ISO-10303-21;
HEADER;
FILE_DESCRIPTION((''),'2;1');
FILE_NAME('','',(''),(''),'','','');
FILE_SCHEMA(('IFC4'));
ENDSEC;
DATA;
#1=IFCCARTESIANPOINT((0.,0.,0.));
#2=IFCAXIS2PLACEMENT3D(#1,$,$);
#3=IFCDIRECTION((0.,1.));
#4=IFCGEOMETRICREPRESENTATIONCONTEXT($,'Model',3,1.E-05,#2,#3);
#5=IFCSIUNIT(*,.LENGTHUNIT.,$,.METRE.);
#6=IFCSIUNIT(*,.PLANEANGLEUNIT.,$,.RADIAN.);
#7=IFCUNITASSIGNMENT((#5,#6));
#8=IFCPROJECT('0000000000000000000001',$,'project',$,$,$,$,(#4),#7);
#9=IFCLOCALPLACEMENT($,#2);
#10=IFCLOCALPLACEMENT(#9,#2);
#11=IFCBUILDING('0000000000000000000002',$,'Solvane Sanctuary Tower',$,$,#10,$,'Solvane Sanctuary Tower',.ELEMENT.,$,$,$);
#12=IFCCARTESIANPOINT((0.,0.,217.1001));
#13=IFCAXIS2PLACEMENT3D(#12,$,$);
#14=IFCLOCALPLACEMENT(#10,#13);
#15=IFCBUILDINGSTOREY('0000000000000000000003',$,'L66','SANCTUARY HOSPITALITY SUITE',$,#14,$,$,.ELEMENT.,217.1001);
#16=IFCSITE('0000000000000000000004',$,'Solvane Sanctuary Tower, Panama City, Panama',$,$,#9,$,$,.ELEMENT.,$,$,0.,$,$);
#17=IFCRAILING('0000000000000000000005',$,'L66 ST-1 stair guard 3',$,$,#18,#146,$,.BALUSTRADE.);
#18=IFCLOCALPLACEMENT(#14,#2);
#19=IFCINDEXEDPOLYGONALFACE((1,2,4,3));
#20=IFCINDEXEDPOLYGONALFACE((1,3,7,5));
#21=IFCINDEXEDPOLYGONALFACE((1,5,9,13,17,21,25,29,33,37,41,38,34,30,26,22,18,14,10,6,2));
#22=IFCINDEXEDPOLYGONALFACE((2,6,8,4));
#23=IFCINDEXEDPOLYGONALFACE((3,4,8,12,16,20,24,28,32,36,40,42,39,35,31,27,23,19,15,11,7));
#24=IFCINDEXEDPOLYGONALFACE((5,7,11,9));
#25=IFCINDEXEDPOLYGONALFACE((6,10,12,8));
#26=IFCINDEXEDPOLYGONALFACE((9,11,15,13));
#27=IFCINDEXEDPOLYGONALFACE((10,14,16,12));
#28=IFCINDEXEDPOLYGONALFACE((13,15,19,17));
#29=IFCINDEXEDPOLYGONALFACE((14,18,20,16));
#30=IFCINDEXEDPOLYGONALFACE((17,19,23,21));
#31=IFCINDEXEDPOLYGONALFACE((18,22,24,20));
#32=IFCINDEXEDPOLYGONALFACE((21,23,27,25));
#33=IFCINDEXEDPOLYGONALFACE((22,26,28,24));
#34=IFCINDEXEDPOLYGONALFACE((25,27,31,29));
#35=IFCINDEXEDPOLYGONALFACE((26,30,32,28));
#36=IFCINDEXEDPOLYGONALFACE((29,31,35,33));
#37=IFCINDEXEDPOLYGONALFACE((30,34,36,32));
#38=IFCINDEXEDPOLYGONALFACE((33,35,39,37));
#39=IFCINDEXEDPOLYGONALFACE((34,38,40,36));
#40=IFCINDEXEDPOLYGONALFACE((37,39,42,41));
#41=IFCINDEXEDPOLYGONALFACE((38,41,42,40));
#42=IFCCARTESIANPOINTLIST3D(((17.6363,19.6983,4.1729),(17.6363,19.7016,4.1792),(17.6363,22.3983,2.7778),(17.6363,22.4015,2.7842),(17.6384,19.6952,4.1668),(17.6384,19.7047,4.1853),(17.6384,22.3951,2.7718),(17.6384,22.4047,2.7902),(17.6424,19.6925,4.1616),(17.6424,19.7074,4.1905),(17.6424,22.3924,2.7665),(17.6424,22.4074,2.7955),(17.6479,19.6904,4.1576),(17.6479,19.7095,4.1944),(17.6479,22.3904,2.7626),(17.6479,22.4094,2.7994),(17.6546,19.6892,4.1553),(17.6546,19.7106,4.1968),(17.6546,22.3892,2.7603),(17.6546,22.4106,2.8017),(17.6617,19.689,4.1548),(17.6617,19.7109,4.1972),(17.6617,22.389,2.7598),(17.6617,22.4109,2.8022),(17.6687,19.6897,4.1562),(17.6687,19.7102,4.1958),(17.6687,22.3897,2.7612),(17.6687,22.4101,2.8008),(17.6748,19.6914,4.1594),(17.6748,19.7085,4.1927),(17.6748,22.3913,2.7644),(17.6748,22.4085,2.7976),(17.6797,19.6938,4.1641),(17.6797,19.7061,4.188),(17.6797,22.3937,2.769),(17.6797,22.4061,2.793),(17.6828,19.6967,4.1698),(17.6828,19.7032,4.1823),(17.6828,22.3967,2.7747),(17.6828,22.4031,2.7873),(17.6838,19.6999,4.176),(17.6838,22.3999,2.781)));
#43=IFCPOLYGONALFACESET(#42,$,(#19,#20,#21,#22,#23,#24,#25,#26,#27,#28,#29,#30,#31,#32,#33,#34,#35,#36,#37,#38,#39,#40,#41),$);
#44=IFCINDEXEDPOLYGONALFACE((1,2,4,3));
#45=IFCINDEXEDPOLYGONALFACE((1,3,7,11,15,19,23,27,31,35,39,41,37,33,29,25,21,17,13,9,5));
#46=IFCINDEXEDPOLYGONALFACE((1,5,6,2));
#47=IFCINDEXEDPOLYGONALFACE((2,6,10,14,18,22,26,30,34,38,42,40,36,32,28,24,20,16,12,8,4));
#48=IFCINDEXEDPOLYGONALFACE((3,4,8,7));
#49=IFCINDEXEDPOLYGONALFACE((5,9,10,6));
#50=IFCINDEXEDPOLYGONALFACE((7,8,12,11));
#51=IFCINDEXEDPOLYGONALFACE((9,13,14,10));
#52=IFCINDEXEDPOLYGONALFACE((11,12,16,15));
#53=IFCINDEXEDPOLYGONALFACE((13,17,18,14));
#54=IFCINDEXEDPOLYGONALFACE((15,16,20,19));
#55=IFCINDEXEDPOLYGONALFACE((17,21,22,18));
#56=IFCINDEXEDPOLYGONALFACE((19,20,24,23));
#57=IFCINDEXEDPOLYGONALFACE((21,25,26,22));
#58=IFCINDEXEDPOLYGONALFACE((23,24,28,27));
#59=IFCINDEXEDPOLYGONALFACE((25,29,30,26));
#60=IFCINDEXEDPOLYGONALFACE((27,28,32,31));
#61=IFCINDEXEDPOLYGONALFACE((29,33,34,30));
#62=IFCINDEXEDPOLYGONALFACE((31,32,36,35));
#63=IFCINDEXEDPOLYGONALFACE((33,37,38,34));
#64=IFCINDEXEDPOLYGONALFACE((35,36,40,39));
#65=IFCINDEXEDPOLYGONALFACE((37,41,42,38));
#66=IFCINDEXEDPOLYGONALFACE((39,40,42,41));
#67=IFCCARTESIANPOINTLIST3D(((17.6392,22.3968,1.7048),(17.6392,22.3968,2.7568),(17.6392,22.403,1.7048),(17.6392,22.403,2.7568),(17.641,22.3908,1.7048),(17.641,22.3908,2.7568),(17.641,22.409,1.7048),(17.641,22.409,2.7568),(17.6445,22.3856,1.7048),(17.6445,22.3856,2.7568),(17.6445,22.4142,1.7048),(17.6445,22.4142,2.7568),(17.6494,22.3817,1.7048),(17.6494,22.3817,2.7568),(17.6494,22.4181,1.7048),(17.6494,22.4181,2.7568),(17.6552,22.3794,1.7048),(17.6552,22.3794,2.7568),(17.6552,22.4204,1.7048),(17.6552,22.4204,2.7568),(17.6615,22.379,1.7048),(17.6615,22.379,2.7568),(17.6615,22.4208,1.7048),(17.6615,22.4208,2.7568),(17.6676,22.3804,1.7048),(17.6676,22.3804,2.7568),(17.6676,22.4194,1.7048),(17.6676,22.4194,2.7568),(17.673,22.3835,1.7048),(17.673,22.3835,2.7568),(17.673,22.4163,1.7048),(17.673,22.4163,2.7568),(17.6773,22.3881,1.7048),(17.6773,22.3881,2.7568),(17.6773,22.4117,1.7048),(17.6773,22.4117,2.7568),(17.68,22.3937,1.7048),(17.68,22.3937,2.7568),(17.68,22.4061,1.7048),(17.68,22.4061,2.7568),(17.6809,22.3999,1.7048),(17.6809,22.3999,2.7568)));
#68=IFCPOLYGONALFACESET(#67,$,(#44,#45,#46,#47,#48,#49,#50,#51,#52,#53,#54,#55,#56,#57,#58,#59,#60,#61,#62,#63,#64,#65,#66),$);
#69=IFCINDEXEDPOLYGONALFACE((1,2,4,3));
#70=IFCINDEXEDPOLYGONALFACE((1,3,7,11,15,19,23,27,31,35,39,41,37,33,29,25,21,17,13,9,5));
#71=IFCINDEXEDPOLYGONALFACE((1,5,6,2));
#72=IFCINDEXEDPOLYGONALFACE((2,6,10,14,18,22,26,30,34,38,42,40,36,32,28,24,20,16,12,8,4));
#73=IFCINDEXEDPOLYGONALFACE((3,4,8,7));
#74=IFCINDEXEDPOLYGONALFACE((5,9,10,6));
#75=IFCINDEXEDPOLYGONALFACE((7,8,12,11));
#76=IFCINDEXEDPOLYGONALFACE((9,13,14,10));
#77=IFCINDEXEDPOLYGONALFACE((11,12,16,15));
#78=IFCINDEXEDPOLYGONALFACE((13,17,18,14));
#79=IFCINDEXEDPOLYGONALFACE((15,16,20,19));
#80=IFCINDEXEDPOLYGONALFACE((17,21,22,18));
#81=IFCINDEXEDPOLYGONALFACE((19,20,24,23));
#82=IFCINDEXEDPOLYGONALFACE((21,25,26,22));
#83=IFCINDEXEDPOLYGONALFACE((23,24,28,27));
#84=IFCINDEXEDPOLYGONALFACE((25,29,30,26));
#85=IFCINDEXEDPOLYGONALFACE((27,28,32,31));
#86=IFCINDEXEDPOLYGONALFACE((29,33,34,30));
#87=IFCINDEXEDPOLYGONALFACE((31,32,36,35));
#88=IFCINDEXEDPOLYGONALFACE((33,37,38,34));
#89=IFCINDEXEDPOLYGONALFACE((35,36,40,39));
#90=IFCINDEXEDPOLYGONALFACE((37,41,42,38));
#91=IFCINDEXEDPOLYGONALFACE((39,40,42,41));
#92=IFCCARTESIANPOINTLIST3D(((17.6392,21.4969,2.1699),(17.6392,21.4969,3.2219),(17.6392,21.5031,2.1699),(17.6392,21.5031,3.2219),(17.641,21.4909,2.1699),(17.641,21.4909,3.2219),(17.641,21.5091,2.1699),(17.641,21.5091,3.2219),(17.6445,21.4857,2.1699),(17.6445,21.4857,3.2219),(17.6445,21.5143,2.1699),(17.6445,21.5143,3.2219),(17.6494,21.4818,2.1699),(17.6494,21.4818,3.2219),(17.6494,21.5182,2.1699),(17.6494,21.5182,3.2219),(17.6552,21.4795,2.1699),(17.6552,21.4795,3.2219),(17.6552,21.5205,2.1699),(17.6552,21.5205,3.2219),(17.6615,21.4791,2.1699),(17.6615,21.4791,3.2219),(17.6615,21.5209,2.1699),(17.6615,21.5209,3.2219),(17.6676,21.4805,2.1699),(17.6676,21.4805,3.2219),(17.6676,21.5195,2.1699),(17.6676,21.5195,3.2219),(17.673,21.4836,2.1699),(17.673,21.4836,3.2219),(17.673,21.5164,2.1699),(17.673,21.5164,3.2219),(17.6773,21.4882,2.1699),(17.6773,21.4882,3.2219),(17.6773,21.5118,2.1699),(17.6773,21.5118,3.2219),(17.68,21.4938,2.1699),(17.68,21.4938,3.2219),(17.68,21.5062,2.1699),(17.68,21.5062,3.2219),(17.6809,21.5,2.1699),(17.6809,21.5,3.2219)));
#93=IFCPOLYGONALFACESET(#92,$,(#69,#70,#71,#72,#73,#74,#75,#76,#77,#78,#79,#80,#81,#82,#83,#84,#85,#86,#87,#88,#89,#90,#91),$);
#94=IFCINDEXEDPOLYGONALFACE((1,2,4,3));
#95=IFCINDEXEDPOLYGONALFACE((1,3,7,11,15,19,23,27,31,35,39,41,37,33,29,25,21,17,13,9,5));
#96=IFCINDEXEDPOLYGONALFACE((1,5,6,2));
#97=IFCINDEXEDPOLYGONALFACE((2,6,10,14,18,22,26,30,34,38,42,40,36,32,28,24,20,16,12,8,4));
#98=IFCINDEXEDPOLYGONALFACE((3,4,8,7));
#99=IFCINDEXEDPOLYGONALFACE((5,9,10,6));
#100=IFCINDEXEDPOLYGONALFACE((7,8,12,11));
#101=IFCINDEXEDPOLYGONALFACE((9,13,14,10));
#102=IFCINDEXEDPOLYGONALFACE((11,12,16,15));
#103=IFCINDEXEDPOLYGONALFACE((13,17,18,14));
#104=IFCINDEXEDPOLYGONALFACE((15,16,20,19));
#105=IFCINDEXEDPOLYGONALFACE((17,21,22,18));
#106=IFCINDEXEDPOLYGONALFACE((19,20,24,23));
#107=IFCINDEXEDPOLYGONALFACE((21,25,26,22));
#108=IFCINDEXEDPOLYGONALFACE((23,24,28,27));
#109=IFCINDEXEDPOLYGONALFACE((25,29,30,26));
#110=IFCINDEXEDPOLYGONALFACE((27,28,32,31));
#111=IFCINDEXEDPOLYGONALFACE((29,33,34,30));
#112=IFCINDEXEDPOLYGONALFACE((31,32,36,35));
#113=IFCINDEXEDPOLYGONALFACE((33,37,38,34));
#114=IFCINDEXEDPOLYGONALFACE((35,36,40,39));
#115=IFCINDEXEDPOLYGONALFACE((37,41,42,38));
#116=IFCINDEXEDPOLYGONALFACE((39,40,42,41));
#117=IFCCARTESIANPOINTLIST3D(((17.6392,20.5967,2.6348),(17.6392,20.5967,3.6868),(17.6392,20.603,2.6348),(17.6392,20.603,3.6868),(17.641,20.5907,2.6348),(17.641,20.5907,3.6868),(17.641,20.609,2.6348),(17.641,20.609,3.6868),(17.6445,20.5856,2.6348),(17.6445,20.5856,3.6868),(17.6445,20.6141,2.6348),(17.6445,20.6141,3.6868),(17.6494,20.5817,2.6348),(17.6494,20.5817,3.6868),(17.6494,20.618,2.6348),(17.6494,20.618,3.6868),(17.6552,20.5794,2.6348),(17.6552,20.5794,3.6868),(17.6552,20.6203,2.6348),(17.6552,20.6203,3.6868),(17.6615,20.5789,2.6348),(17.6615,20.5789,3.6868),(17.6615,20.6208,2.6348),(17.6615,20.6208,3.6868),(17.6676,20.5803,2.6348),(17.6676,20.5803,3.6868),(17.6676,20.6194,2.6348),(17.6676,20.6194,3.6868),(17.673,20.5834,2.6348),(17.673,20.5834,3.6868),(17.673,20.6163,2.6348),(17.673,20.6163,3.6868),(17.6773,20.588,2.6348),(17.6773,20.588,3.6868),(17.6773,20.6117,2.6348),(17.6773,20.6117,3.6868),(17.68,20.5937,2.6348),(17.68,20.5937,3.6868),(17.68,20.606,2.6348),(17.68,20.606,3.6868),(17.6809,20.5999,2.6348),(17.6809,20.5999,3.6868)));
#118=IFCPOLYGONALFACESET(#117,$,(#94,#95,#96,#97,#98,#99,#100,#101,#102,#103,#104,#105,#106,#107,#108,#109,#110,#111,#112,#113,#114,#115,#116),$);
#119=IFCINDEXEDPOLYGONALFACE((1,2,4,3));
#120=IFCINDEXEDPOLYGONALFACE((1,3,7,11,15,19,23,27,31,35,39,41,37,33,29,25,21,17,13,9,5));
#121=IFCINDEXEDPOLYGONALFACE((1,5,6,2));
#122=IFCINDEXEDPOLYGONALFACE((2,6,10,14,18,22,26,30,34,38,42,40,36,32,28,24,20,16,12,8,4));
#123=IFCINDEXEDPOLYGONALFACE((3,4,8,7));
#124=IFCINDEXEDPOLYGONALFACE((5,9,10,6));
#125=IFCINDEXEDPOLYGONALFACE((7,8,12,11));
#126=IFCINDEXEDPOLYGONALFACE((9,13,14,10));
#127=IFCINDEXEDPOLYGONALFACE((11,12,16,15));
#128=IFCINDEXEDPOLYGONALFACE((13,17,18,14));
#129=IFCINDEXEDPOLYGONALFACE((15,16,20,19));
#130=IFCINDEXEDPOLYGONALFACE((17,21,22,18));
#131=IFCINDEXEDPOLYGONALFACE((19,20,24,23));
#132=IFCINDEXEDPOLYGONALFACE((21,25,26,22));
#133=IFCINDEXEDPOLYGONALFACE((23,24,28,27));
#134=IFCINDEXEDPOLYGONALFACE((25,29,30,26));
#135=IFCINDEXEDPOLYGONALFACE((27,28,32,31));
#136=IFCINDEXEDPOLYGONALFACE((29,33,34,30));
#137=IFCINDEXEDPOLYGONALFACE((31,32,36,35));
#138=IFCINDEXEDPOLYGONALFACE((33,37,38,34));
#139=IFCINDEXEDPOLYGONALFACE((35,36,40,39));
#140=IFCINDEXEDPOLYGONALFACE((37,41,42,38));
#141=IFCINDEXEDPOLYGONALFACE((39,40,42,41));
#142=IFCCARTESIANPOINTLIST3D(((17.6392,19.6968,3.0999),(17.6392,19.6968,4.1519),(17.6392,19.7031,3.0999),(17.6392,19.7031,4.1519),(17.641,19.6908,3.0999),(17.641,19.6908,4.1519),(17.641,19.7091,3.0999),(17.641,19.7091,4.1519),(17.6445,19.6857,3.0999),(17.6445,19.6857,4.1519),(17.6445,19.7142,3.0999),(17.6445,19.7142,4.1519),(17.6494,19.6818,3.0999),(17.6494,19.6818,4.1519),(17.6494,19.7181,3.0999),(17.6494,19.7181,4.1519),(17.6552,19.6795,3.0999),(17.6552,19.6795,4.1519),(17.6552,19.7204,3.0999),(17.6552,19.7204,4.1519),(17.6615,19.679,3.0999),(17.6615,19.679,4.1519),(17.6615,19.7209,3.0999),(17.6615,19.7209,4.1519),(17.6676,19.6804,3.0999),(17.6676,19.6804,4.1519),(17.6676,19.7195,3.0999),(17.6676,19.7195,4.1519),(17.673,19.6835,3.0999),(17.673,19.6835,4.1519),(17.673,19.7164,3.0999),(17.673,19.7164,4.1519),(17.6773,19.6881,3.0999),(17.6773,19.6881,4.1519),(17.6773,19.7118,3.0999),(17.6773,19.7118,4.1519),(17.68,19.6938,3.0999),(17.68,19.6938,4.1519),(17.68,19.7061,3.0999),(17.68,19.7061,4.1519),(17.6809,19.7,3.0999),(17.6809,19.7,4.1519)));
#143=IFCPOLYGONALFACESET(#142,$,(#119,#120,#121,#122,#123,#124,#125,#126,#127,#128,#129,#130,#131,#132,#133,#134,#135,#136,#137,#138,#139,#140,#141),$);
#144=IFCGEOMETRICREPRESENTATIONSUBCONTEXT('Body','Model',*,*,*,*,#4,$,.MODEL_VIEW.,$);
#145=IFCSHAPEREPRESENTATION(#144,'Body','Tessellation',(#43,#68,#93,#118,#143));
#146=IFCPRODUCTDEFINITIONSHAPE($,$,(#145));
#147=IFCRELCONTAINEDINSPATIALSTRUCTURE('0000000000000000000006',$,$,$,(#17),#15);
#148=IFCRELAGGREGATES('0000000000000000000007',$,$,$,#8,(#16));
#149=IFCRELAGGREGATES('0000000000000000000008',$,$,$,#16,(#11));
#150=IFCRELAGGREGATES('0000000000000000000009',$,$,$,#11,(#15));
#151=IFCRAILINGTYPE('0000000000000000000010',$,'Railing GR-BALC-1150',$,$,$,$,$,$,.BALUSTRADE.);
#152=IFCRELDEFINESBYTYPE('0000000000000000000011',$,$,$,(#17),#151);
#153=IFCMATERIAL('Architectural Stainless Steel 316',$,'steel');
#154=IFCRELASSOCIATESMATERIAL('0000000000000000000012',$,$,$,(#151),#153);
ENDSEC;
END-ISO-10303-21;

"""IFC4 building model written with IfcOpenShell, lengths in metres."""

from ifc_helpers import new_model, si_unit, direction, frame, origin, origin_2d, place, context, subcontext, project, spatial, circle, extrude, material, type_object, element, save


model = new_model("IFC4")

# Units and contexts
model_context = context("Model", 3, precision=1e-05, world=origin(), true_north=direction((0.0, 1.0)))
body_context = subcontext(model_context, "Body", "Model", "MODEL_VIEW")
ifc_project = project(units=[si_unit("LENGTHUNIT", "METRE"), si_unit("PLANEANGLEUNIT", "RADIAN")], contexts=[model_context])

# Site, building, storey
site_placement = place(None, origin())
site = spatial("IfcSite", under=ifc_project, at=site_placement, Name="Solvane Sanctuary Tower, Panama City, Panama", CompositionType="ELEMENT", RefElevation=0.0)
building_placement = place(site_placement, origin())
building = spatial("IfcBuilding", under=site, at=building_placement, Name="Solvane Sanctuary Tower", LongName="Solvane Sanctuary Tower", CompositionType="ELEMENT")
storey_placement = place(building_placement, frame((0.0, 0.0, 217.1001)))
storey = spatial("IfcBuildingStorey", under=building, at=storey_placement, Name="L66", Description="SANCTUARY HOSPITALITY SUITE", CompositionType="ELEMENT", Elevation=217.1001)

# Shared definitions
ifc_material_1 = material(Name="Architectural Stainless Steel 316", Category="steel")

# Railing
railing_type_1 = type_object("IfcRailingType", Name="Railing GR-BALC-1150", PredefinedType="BALUSTRADE", material=ifc_material_1)
railing_1_placement = place(storey_placement, frame((17.6599, 22.3999, 1.7048)))
element("IfcRailing", 1, at=railing_1_placement, inside=storey, type_object=railing_type_1, Name="L66 ST-1 stair guard 3", PredefinedType="BALUSTRADE", context=body_context, shape_type="SweptSolid", body=[
    extrude(circle(Radius=0.0239, at=origin_2d()), frame((0.0, 0.0, 1.0762), z_axis=(0.0, -0.88842, 0.459032), x_axis=(1.0, 0.0, 0.0)), (0.0, 0.0, 1.0), 3.0391),
    extrude(circle(Radius=0.021, at=origin_2d()), origin(), (0.0, 0.0, 1.0), 1.052),
    extrude(circle(Radius=0.021, at=origin_2d()), frame((0.0, -0.8999, 0.4651)), (0.0, 0.0, 1.0), 1.052),
    extrude(circle(Radius=0.021, at=origin_2d()), frame((0.0, -1.8, 0.9299)), (0.0, 0.0, 1.0), 1.052),
    extrude(circle(Radius=0.021, at=origin_2d()), frame((0.0, -2.7, 1.395)), (0.0, 0.0, 1.0), 1.052),
])

save(model, "model.ifc")
